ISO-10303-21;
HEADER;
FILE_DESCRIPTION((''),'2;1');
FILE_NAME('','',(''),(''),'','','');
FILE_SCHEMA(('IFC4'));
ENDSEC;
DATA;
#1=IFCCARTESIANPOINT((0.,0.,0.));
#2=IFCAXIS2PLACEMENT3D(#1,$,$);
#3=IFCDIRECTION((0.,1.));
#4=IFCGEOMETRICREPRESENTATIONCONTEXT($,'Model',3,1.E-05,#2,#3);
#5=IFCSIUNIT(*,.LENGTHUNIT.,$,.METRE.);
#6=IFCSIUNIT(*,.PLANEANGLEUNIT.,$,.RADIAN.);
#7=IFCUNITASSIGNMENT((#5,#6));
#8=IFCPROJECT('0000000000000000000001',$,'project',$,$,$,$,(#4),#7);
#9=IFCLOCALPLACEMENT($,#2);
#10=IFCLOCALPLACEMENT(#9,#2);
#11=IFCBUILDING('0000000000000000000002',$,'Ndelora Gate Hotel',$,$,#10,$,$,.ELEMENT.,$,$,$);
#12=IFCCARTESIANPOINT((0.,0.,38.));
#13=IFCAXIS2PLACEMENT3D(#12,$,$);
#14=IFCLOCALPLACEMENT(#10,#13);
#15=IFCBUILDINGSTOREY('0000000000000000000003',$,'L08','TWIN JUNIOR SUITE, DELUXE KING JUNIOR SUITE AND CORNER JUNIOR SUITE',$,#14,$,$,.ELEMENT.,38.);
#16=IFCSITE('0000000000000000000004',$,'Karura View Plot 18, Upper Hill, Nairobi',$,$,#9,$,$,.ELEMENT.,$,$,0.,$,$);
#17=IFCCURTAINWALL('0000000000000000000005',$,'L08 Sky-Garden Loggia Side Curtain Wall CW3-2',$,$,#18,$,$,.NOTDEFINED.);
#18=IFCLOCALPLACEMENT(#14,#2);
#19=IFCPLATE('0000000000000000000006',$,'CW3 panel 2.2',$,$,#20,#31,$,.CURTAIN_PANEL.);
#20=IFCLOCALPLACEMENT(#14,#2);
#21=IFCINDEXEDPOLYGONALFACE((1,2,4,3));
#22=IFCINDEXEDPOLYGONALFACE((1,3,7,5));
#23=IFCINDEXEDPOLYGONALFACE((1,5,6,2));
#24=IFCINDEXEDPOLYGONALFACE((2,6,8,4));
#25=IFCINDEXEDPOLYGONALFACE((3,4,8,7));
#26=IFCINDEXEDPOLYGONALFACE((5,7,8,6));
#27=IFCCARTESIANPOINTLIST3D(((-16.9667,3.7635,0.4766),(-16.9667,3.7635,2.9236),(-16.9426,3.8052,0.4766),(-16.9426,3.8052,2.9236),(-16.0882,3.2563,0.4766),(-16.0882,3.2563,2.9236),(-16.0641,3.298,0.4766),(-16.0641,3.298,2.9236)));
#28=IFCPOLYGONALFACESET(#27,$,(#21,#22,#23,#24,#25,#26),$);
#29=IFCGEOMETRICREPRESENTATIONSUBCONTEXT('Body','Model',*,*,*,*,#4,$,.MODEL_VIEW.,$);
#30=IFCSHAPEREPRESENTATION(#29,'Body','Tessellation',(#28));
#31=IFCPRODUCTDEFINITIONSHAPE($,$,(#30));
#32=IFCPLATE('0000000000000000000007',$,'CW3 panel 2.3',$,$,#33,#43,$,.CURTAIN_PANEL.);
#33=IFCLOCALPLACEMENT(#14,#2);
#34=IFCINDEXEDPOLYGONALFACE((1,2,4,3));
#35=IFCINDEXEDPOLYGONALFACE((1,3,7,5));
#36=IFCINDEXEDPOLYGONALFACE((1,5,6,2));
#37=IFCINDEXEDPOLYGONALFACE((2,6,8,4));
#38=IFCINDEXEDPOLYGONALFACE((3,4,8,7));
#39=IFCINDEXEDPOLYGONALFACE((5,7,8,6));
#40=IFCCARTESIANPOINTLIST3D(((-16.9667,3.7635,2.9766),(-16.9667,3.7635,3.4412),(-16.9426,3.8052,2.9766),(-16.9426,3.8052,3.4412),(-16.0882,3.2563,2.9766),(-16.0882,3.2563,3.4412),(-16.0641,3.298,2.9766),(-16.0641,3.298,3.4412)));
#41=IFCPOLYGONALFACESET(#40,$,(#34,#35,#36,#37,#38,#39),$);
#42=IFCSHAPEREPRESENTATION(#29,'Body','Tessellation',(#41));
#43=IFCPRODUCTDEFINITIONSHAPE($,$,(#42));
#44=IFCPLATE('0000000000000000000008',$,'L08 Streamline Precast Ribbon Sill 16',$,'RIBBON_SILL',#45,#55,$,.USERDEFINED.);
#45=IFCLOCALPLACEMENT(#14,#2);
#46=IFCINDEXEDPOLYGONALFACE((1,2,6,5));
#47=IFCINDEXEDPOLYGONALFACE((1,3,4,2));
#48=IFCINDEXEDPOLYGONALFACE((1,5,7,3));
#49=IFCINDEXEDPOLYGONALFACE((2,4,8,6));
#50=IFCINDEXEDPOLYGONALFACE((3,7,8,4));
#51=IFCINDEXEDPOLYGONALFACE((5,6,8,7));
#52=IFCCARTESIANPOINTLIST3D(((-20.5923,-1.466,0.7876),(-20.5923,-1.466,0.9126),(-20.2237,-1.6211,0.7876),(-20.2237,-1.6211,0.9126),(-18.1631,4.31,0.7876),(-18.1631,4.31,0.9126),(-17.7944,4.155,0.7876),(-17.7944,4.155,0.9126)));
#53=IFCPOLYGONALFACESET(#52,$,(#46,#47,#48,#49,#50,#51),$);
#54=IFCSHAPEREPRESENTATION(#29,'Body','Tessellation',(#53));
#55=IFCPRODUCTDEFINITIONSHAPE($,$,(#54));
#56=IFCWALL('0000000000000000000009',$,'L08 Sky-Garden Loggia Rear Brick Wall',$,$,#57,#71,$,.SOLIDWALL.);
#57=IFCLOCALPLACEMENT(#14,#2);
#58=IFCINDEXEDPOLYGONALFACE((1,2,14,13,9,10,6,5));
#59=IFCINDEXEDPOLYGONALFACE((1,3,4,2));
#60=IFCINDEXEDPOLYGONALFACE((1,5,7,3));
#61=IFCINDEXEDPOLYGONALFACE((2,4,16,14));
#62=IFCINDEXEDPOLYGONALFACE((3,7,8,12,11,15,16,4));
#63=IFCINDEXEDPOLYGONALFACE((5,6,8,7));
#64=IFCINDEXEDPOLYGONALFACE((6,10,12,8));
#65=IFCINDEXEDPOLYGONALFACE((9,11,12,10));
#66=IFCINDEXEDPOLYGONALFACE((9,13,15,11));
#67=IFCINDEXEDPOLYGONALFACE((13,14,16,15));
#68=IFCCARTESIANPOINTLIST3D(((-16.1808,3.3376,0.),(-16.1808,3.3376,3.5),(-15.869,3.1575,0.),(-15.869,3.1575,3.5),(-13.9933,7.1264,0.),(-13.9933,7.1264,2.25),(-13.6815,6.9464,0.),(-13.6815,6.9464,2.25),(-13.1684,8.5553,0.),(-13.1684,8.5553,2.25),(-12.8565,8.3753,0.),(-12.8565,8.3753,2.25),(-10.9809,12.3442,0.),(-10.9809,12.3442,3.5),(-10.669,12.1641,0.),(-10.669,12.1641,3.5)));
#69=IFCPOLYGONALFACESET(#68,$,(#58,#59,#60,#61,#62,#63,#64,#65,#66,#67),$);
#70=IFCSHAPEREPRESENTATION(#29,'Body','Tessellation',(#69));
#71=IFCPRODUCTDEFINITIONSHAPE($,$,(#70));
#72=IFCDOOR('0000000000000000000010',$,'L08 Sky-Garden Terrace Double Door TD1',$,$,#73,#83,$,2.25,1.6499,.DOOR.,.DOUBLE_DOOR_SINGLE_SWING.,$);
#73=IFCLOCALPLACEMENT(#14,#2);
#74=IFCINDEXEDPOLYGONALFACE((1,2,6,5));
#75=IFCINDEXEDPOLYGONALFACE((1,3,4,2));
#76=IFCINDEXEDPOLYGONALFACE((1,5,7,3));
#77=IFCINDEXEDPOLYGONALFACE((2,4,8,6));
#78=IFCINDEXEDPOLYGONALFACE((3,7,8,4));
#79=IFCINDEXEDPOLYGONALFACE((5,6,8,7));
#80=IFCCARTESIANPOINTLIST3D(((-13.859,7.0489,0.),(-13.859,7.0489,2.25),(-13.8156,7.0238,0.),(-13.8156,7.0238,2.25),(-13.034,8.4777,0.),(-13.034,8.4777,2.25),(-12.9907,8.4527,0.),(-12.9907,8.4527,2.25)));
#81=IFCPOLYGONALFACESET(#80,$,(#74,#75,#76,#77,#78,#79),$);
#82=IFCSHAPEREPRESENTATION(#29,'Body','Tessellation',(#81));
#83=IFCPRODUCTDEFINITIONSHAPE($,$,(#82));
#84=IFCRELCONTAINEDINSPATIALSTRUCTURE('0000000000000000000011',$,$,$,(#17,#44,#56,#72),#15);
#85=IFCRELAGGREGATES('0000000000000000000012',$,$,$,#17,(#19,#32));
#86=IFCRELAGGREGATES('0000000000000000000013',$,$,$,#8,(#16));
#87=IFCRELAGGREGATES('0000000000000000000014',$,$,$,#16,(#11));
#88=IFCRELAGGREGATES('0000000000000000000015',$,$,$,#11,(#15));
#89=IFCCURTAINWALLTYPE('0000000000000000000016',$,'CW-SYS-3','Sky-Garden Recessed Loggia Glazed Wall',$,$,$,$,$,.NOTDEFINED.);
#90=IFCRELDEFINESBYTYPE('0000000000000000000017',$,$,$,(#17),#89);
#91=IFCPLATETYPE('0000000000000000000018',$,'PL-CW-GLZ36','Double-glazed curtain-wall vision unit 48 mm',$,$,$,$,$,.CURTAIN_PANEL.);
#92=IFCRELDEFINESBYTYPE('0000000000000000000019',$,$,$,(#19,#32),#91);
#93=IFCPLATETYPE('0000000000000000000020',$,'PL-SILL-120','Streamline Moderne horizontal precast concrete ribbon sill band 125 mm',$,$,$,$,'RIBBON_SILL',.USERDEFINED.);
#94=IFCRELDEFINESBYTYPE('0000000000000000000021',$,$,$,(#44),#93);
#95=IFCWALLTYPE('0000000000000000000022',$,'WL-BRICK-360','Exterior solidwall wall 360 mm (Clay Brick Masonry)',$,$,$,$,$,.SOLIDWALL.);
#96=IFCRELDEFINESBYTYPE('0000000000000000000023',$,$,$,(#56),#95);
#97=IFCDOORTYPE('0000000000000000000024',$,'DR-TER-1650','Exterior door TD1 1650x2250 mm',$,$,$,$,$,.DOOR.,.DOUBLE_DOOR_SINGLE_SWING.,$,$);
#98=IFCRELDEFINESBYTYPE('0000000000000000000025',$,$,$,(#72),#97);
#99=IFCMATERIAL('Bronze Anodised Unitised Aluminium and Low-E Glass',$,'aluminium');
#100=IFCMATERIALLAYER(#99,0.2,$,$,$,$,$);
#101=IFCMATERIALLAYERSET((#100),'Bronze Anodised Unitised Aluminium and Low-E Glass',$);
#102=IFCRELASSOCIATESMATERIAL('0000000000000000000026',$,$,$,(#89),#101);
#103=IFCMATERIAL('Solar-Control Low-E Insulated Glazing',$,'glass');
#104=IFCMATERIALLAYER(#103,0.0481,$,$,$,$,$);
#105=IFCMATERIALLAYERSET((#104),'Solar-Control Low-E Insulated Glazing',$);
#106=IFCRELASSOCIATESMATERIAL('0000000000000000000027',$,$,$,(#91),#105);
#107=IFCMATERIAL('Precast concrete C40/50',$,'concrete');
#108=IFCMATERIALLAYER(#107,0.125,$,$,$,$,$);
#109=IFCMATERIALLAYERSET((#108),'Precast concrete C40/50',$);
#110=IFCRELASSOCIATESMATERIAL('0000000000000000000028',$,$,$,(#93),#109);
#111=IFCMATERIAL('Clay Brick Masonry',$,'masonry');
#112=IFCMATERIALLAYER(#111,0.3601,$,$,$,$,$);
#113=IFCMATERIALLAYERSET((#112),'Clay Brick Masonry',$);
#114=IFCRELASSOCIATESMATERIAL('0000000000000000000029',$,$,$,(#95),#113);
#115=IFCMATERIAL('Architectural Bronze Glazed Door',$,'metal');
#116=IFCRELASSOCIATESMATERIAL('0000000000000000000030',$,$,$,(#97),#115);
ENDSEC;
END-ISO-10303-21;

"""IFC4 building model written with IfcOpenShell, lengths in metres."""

from ifc_helpers import new_model, si_unit, direction, frame, frame_2d, origin, origin_2d, place, context, subcontext, project, spatial, rectangle, extrude, material, layer, layer_set, type_object, element, fill, aggregate, save


model = new_model("IFC4")

# Units and contexts
model_context = context("Model", 3, precision=1e-05, world=origin(), true_north=direction((0.0, 1.0)))
body_context = subcontext(model_context, "Body", "Model", "MODEL_VIEW")
ifc_project = project(units=[si_unit("LENGTHUNIT", "METRE"), si_unit("PLANEANGLEUNIT", "RADIAN")], contexts=[model_context])

# Site, building, storey
site_placement = place(None, origin())
site = spatial("IfcSite", under=ifc_project, at=site_placement, Name="Karura View Plot 18, Upper Hill, Nairobi", CompositionType="ELEMENT", RefElevation=0.0)
building_placement = place(site_placement, origin())
building = spatial("IfcBuilding", under=site, at=building_placement, Name="Ndelora Gate Hotel", CompositionType="ELEMENT")
storey_placement = place(building_placement, frame((0.0, 0.0, 38.0)))
storey = spatial("IfcBuildingStorey", under=building, at=storey_placement, Name="L08", Description="TWIN JUNIOR SUITE, DELUXE KING JUNIOR SUITE AND CORNER JUNIOR SUITE", CompositionType="ELEMENT", Elevation=38.0)

# Curtain wall, plates
ifc_material_1 = material(Name="Bronze Anodised Unitised Aluminium and Low-E Glass", Category="aluminium")
ifc_layer_1 = layer(ifc_material_1, 0.2)
ifc_layer_set_1 = layer_set([ifc_layer_1], Name="Bronze Anodised Unitised Aluminium and Low-E Glass")
curtain_wall_type = type_object("IfcCurtainWallType", Name="CW-SYS-3", Description="Sky-Garden Recessed Loggia Glazed Wall", PredefinedType="NOTDEFINED", material=ifc_layer_set_1)
curtain_wall_placement = place(storey_placement, origin())
curtain_wall = element("IfcCurtainWall", 1, at=curtain_wall_placement, inside=storey, type_object=curtain_wall_type, Name="L08 Sky-Garden Loggia Side Curtain Wall CW3-2", PredefinedType="NOTDEFINED")
ifc_material_2 = material(Name="Solar-Control Low-E Insulated Glazing", Category="glass")
ifc_layer_2 = layer(ifc_material_2, 0.0481)
ifc_layer_set_2 = layer_set([ifc_layer_2], Name="Solar-Control Low-E Insulated Glazing")
plate_type_1 = type_object("IfcPlateType", Name="PL-CW-GLZ36", Description="Double-glazed curtain-wall vision unit 48 mm", PredefinedType="CURTAIN_PANEL", material=ifc_layer_set_2)
plate_1_placement = place(storey_placement, frame((-16.5154, 3.5308, 0.4766), z_axis=(0.0, 0.0, 1.0), x_axis=(0.86603, -0.499991, 0.0)))
plate_1 = element("IfcPlate", 2, at=plate_1_placement, type_object=plate_type_1, Name="CW3 panel 2.2", PredefinedType="CURTAIN_PANEL", context=body_context, shape_type="SweptSolid", body=[
    extrude(rectangle(XDim=1.0144, YDim=0.0481, at=origin_2d()), origin(), (0.0, 0.0, 1.0), 2.447),
])
plate_2_placement = place(storey_placement, frame((-16.5154, 3.5308, 2.9766), z_axis=(0.0, 0.0, 1.0), x_axis=(0.86603, -0.499991, 0.0)))
plate_2 = element("IfcPlate", 3, at=plate_2_placement, type_object=plate_type_1, Name="CW3 panel 2.3", PredefinedType="CURTAIN_PANEL", context=body_context, shape_type="SweptSolid", body=[
    extrude(rectangle(XDim=1.0144, YDim=0.0481, at=origin_2d()), origin(), (0.0, 0.0, 1.0), 0.4646),
])
aggregate(curtain_wall, [plate_1, plate_2])

# Plate
ifc_material_3 = material(Name="Precast concrete C40/50", Category="concrete")
ifc_layer_3 = layer(ifc_material_3, 0.125)
ifc_layer_set_3 = layer_set([ifc_layer_3], Name="Precast concrete C40/50")
plate_type_2 = type_object("IfcPlateType", Name="PL-SILL-120", Description="Streamline Moderne horizontal precast concrete ribbon sill band 125 mm", ElementType="RIBBON_SILL", PredefinedType="USERDEFINED", material=ifc_layer_set_3)
plate_3_placement = place(storey_placement, frame((-19.1934, 1.3445, 0.7876), z_axis=(0.0, 0.0, 1.0), x_axis=(0.387676, 0.921796, 0.0)))
element("IfcPlate", 4, at=plate_3_placement, inside=storey, type_object=plate_type_2, Name="L08 Streamline Precast Ribbon Sill 16", ObjectType="RIBBON_SILL", PredefinedType="USERDEFINED", context=body_context, shape_type="SweptSolid", body=[
    extrude(rectangle(XDim=6.2661, YDim=0.3999, at=origin_2d()), origin(), (0.0, 0.0, 1.0), 0.125),
])

# Wall, opening, door
ifc_material_4 = material(Name="Clay Brick Masonry", Category="masonry")
ifc_layer_4 = layer(ifc_material_4, 0.3601)
ifc_layer_set_4 = layer_set([ifc_layer_4], Name="Clay Brick Masonry")
wall_type = type_object("IfcWallType", Name="WL-BRICK-360", Description="Exterior solidwall wall 360 mm (Clay Brick Masonry)", PredefinedType="SOLIDWALL", material=ifc_layer_set_4)
wall_placement = place(storey_placement, frame((-16.0249, 3.2476, 0.0), z_axis=(0.0, 0.0, 1.0), x_axis=(0.499999, 0.866026, 0.0)))
wall = element("IfcWall", 5, at=wall_placement, inside=storey, type_object=wall_type, Name="L08 Sky-Garden Loggia Rear Brick Wall", PredefinedType="SOLIDWALL", context=body_context, shape_type="SweptSolid", body=[
    extrude(rectangle(XDim=10.3999, YDim=0.3601, at=frame_2d((5.2, 0.0))), origin(), (0.0, 0.0, 1.0), 3.5),
])
opening_placement = place(wall_placement, frame((4.375, 0.0, 0.0)))
opening = element("IfcOpeningElement", 6, at=opening_placement, cuts=wall, PredefinedType="OPENING", context=body_context, shape_type="SweptSolid", body=[
    extrude(rectangle(XDim=1.6499, YDim=2.25, at=frame_2d((0.825, 1.125))), frame((0.0, 0.1899, 0.0), z_axis=(0.0, -1.0, 0.0), x_axis=(1.0, 0.0, 0.0)), (0.0, 0.0, 1.0), 0.3801),
])
ifc_material_5 = material(Name="Architectural Bronze Glazed Door", Category="metal")
door_type = type_object("IfcDoorType", Name="DR-TER-1650", Description="Exterior door TD1 1650x2250 mm", OperationType="DOUBLE_DOOR_SINGLE_SWING", PredefinedType="DOOR", material=ifc_material_5)
door_placement = place(opening_placement, origin())
door = element("IfcDoor", 7, at=door_placement, inside=storey, type_object=door_type, Name="L08 Sky-Garden Terrace Double Door TD1", OperationType="DOUBLE_DOOR_SINGLE_SWING", OverallHeight=2.25, OverallWidth=1.6499, PredefinedType="DOOR", context=body_context, shape_type="SweptSolid", body=[
    extrude(rectangle(XDim=1.6499, YDim=2.25, at=frame_2d((0.825, 1.125))), frame((0.0, 0.0249, 0.0), z_axis=(0.0, -1.0, 0.0), x_axis=(1.0, 0.0, 0.0)), (0.0, 0.0, 1.0), 0.05),
])
fill(opening, door)

save(model, "model.ifc")
